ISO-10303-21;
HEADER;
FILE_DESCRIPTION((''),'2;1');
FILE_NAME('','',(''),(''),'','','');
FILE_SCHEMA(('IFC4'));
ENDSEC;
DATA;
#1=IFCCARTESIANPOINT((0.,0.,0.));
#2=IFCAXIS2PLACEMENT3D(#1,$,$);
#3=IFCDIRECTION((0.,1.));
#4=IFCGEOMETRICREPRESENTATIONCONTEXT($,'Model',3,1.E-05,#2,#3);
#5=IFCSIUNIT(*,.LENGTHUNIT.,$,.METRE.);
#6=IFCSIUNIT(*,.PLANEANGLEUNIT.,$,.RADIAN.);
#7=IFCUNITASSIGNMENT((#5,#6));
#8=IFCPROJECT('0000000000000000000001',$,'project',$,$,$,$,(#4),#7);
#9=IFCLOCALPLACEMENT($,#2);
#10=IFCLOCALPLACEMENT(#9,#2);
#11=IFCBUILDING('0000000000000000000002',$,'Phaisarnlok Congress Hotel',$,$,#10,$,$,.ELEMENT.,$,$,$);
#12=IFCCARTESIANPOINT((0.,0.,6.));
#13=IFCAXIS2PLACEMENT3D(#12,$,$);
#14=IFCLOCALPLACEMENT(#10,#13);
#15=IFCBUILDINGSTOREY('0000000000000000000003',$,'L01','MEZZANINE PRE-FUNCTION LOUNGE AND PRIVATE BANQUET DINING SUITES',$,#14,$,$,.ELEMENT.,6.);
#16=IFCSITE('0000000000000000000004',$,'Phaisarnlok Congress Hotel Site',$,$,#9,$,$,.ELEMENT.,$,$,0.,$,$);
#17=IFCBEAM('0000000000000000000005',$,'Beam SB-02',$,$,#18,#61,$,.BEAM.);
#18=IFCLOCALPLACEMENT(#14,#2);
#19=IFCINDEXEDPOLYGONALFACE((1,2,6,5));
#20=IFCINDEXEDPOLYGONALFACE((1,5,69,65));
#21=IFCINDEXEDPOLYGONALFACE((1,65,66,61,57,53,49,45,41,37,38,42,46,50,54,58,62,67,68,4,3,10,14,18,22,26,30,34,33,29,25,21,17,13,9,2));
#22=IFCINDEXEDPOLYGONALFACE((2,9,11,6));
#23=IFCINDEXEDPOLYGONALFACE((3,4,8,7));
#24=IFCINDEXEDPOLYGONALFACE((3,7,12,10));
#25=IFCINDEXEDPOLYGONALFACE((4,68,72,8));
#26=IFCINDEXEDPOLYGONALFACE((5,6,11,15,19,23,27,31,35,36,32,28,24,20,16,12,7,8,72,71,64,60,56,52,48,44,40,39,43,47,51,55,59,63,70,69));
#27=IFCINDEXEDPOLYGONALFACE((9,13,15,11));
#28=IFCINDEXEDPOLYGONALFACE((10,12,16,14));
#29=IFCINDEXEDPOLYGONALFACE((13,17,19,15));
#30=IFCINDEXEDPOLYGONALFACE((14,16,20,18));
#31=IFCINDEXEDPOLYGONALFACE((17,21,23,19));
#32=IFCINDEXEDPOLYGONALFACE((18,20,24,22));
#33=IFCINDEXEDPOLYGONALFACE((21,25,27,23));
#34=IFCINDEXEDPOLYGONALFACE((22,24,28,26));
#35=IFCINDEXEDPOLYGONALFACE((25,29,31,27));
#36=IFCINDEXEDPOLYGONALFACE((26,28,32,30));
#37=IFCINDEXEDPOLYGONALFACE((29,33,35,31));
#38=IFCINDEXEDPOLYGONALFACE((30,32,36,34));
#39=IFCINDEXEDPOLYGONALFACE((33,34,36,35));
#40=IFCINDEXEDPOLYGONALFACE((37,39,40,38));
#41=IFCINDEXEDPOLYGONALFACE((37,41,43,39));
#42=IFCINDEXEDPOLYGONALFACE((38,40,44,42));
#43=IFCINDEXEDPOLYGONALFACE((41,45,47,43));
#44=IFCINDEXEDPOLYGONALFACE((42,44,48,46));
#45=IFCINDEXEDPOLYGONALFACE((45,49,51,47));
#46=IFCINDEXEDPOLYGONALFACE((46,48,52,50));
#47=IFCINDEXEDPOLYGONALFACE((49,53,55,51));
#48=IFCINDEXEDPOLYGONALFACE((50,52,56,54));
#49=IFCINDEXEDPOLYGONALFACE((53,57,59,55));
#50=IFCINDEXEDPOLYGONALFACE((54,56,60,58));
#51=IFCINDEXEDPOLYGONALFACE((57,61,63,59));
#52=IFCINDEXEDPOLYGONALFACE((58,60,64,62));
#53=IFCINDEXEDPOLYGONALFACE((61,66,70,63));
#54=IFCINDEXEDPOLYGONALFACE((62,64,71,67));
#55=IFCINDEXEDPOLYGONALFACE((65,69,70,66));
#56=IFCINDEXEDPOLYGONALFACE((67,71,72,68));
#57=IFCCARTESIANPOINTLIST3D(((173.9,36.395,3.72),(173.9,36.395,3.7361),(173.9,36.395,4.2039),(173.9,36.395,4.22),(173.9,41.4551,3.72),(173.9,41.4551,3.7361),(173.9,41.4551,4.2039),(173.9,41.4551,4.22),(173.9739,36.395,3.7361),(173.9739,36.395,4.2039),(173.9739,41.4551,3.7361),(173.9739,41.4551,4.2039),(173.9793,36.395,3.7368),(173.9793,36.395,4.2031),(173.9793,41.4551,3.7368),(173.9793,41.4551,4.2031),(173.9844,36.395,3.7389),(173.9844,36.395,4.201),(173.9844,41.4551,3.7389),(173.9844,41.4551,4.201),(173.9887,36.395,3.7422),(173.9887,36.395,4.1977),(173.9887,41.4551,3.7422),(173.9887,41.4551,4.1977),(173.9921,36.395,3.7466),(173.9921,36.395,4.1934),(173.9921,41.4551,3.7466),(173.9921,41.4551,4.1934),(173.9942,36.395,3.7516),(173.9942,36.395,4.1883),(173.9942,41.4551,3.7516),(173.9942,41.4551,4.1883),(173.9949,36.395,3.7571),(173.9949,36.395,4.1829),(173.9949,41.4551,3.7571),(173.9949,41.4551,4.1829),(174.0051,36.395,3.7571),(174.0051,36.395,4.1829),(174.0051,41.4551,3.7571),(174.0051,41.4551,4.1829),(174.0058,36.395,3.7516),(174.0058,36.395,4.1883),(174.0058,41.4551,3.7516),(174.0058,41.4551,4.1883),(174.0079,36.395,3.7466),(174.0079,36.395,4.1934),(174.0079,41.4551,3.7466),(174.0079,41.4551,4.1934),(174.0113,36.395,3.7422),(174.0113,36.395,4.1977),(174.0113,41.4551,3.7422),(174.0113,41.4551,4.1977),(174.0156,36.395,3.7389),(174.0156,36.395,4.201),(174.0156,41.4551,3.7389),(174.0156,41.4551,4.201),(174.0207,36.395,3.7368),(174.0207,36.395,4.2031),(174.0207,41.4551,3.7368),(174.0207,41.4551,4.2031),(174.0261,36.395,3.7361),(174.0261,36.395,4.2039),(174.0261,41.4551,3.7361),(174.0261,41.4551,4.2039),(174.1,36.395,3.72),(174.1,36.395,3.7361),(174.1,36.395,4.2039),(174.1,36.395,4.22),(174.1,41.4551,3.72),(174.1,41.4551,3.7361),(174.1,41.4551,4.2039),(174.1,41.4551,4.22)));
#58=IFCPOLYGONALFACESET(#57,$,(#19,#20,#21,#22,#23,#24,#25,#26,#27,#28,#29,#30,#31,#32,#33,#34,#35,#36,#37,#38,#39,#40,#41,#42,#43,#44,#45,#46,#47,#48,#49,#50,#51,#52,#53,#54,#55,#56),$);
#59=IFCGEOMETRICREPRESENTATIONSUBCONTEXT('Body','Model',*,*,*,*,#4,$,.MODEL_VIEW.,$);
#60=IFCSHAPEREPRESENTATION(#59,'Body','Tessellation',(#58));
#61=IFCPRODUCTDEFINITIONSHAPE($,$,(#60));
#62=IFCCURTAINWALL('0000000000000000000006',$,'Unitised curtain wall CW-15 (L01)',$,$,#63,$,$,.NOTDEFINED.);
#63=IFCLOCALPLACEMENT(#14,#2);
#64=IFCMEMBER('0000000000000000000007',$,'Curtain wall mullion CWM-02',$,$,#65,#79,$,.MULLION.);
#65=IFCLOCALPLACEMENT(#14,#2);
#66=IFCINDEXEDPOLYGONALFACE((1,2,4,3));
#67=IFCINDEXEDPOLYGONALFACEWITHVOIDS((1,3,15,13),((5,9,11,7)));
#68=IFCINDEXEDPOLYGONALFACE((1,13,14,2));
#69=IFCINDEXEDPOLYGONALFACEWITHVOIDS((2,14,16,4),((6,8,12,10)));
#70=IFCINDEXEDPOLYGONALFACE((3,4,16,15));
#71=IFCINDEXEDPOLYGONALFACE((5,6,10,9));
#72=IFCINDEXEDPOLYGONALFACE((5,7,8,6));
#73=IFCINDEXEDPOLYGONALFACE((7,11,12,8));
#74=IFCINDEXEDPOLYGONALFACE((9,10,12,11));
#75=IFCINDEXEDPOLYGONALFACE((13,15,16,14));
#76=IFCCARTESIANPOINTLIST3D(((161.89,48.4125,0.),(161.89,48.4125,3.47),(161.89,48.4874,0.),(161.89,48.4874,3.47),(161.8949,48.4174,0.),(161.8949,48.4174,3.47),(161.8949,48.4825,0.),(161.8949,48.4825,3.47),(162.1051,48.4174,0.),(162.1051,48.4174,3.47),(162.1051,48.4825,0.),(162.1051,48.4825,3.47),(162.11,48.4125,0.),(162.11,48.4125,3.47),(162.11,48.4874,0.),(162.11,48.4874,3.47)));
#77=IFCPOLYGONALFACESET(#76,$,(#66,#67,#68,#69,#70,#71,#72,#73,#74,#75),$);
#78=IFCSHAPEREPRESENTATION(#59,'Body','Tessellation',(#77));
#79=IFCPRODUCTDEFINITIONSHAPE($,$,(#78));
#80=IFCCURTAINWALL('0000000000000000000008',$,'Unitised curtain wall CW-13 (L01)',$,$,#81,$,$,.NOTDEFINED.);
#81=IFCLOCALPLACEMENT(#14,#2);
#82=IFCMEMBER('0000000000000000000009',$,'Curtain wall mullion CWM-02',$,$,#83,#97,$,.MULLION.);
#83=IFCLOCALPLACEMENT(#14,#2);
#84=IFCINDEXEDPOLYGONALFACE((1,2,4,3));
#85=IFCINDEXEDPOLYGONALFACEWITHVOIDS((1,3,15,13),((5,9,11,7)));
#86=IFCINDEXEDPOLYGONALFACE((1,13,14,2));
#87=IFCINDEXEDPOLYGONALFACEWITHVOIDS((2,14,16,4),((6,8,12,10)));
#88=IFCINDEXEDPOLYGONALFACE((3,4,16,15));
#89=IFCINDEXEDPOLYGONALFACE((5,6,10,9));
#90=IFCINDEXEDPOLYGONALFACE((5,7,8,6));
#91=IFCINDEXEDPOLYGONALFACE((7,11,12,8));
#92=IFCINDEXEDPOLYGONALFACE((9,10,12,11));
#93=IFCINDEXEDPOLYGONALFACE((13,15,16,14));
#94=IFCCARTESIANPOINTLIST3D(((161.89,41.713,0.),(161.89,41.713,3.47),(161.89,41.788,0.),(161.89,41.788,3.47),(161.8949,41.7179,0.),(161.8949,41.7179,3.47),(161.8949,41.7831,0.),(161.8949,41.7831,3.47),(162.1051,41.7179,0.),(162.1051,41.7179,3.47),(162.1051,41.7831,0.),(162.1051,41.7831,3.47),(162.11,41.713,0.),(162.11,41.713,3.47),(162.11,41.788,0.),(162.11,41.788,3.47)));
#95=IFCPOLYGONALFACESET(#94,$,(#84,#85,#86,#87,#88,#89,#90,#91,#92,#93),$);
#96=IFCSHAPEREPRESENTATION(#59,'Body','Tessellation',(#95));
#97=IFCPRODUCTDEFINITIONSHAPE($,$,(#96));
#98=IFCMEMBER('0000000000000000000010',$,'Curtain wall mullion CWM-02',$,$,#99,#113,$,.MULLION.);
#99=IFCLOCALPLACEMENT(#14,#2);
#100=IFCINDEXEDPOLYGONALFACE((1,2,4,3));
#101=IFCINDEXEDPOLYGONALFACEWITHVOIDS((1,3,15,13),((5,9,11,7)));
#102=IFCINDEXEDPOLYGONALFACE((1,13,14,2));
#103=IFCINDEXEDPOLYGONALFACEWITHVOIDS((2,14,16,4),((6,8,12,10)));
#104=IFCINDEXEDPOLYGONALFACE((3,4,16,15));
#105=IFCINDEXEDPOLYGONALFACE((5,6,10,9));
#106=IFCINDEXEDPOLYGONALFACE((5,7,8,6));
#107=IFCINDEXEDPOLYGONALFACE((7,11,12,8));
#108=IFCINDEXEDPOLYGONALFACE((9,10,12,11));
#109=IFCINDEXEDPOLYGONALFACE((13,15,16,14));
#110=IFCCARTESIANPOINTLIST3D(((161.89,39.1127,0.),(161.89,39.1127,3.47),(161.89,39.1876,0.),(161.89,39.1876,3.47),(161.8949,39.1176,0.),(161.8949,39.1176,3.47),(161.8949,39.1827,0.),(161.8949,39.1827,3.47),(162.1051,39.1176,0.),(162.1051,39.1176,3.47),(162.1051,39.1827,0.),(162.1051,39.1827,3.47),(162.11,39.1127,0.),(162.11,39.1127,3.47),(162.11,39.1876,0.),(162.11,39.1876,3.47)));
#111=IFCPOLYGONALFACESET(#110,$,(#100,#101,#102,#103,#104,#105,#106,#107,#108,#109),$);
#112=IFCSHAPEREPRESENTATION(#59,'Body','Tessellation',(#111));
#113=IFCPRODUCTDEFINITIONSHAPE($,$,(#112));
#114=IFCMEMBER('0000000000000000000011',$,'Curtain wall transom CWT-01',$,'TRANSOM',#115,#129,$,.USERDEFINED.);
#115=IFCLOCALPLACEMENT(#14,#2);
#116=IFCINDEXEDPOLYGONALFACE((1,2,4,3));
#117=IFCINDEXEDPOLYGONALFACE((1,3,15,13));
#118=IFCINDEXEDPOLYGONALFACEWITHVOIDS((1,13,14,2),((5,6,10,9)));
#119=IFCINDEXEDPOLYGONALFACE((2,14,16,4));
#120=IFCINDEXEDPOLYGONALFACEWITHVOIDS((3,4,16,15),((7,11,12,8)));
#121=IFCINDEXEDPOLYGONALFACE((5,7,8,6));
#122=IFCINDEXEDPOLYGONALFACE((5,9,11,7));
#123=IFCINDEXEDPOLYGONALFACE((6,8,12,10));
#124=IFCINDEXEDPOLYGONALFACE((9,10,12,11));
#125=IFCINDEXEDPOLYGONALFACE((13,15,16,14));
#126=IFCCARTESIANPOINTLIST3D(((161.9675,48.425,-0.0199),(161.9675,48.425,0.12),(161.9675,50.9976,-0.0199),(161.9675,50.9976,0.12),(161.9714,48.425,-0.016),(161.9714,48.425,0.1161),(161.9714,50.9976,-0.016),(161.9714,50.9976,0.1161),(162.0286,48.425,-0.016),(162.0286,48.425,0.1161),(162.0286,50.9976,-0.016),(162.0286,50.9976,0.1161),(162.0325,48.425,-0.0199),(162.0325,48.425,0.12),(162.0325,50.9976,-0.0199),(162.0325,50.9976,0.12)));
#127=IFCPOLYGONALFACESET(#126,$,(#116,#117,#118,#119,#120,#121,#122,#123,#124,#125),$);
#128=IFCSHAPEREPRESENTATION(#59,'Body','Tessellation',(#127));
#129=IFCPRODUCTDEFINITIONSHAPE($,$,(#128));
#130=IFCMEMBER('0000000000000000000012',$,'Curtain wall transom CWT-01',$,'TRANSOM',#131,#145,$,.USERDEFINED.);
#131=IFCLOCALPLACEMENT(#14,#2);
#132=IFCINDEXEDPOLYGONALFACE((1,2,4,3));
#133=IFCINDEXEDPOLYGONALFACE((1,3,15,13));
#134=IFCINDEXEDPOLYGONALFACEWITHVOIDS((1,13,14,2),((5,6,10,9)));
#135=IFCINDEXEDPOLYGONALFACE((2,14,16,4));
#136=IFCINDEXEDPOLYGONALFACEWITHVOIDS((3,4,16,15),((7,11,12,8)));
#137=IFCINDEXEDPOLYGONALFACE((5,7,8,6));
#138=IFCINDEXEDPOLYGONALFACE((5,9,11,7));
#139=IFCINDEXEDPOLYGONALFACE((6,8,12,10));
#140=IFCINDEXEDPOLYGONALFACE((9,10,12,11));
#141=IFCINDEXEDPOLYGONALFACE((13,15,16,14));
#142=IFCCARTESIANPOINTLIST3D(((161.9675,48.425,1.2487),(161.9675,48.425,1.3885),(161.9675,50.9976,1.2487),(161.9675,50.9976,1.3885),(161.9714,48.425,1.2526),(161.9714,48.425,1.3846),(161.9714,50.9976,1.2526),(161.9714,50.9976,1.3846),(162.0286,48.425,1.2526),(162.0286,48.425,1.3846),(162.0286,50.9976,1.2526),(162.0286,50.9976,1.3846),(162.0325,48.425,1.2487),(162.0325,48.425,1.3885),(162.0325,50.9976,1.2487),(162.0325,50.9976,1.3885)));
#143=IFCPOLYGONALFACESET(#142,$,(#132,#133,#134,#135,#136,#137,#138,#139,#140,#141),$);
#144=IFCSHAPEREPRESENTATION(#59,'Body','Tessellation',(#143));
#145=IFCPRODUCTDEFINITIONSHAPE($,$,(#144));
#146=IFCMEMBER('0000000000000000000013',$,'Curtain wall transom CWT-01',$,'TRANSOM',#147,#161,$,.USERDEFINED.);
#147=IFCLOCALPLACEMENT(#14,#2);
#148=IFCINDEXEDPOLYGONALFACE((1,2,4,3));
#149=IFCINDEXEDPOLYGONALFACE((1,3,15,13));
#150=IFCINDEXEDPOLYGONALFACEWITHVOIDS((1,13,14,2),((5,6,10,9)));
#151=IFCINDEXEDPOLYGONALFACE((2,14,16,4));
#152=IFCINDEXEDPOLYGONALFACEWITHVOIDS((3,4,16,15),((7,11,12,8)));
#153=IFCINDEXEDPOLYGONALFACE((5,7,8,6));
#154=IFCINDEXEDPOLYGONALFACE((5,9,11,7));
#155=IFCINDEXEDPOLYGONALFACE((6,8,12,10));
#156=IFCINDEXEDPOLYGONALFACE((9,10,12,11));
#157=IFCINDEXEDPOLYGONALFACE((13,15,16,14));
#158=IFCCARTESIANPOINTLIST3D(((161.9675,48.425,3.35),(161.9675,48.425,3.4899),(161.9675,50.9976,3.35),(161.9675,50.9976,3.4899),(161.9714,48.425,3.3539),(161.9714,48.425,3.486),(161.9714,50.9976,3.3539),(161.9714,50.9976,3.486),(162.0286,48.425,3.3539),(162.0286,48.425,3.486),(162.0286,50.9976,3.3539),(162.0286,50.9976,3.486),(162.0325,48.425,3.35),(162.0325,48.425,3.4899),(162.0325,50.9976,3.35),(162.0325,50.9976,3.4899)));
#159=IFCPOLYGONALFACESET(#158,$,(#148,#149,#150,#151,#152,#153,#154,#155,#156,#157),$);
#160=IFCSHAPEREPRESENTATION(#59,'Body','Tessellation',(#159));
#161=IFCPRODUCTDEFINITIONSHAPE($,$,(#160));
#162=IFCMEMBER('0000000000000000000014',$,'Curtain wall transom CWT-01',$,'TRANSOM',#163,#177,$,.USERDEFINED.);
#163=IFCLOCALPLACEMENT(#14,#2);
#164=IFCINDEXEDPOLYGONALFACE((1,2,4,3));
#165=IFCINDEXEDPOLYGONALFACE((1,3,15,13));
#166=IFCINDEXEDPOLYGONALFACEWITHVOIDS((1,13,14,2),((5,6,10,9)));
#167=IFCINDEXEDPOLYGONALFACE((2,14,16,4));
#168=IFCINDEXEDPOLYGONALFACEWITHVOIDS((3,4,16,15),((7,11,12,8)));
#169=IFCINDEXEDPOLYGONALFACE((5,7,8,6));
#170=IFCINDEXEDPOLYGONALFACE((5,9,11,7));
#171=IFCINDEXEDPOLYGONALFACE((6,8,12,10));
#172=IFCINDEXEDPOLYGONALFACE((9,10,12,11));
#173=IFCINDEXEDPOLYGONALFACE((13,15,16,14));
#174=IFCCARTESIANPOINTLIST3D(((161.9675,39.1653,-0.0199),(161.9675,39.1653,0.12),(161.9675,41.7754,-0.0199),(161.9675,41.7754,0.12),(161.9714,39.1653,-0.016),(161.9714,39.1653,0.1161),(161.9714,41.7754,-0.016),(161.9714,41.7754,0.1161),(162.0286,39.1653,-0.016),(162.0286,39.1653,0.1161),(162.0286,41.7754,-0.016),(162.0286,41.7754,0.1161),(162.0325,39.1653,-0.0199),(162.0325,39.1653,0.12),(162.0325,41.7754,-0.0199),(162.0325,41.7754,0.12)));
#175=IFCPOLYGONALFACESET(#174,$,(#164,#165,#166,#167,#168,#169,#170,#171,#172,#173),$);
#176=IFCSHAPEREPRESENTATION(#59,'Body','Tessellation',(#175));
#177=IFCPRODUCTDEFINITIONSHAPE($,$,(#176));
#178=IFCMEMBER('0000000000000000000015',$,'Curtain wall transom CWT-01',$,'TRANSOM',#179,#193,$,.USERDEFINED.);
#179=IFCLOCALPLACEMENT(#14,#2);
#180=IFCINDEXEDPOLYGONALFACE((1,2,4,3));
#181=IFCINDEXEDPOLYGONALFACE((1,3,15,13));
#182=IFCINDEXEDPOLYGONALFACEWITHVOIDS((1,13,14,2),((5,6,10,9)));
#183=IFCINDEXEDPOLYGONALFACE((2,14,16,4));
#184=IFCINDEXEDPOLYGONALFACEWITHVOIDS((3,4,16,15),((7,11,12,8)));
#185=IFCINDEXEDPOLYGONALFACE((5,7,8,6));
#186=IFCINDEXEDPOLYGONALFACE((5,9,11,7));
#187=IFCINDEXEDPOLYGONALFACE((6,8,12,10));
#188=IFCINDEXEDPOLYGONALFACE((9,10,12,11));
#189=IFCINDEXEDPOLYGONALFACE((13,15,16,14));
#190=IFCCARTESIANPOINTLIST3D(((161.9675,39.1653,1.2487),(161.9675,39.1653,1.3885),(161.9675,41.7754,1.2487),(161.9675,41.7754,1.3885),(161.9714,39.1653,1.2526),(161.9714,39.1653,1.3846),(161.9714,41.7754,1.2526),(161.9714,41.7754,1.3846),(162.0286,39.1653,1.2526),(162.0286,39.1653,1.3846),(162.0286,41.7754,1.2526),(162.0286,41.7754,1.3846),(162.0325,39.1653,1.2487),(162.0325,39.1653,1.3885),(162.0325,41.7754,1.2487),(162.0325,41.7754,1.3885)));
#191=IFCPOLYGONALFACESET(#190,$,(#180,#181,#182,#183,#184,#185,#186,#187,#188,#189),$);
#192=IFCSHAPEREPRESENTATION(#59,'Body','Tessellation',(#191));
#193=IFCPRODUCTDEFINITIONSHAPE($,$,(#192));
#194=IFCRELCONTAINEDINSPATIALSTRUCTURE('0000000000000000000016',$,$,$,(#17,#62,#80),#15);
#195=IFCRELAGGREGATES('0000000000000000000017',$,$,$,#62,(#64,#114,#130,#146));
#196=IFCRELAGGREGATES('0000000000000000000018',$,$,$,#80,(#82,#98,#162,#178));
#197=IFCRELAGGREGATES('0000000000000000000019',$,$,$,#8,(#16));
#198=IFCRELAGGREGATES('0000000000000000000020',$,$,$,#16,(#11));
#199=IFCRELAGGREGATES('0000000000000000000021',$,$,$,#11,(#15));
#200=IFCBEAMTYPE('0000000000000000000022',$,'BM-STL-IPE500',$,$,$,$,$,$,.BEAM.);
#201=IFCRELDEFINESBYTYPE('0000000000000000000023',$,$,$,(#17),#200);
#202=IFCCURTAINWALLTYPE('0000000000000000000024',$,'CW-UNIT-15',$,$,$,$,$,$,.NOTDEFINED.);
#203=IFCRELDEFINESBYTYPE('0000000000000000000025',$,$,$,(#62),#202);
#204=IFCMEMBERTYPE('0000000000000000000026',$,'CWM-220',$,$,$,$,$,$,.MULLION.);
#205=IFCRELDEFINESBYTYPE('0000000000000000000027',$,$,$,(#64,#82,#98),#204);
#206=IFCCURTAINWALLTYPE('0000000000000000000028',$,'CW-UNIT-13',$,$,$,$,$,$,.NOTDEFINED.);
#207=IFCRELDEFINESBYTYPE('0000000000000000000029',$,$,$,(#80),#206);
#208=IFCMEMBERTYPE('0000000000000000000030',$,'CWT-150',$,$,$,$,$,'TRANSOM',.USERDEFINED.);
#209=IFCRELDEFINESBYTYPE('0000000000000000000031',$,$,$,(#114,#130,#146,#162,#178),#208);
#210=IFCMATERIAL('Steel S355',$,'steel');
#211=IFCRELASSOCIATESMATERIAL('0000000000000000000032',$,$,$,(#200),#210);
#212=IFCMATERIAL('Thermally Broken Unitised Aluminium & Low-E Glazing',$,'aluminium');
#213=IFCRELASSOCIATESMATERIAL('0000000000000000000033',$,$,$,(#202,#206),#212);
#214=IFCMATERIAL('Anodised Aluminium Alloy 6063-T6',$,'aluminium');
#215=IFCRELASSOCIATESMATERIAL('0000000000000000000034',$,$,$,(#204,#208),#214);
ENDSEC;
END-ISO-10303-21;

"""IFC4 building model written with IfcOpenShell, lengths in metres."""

from ifc_helpers import new_model, si_unit, direction, frame, origin, origin_2d, place, context, subcontext, project, spatial, hollow_rectangle, i_section, extrude, material, material_profile, profile_set, type_object, element, aggregate, save


model = new_model("IFC4")

# Units and contexts
model_context = context("Model", 3, precision=1e-05, world=origin(), true_north=direction((0.0, 1.0)))
body_context = subcontext(model_context, "Body", "Model", "MODEL_VIEW")
ifc_project = project(units=[si_unit("LENGTHUNIT", "METRE"), si_unit("PLANEANGLEUNIT", "RADIAN")], contexts=[model_context])

# Site, building, storey
site_placement = place(None, origin())
site = spatial("IfcSite", under=ifc_project, at=site_placement, Name="Phaisarnlok Congress Hotel Site", CompositionType="ELEMENT", RefElevation=0.0)
building_placement = place(site_placement, origin())
building = spatial("IfcBuilding", under=site, at=building_placement, Name="Phaisarnlok Congress Hotel", CompositionType="ELEMENT")
storey_placement = place(building_placement, frame((0.0, 0.0, 6.0)))
storey = spatial("IfcBuildingStorey", under=building, at=storey_placement, Name="L01", Description="MEZZANINE PRE-FUNCTION LOUNGE AND PRIVATE BANQUET DINING SUITES", CompositionType="ELEMENT", Elevation=6.0)

# Shared definitions
ifc_material_1 = material(Name="Steel S355", Category="steel")

# Beam
ifc_material_profile_1 = material_profile(ifc_material_1, i_section(OverallWidth=0.2, OverallDepth=0.5, WebThickness=0.0103, FlangeThickness=0.0161, FilletRadius=0.021, at=origin_2d()), Name="IPE 500")
ifc_profile_set_1 = profile_set([ifc_material_profile_1], Name="Steel S355")
beam_type_1 = type_object("IfcBeamType", Name="BM-STL-IPE500", PredefinedType="BEAM", material=ifc_profile_set_1)
beam_1_placement = place(storey_placement, frame((174.0, 36.395, 3.97), z_axis=(0.0, 1.0, 0.0), x_axis=(-1.0, 0.0, 0.0)))
element("IfcBeam", 1, at=beam_1_placement, inside=storey, type_object=beam_type_1, Name="Beam SB-02", PredefinedType="BEAM", context=body_context, shape_type="SweptSolid", body=[
    extrude(i_section(OverallWidth=0.2, OverallDepth=0.5, WebThickness=0.0103, FlangeThickness=0.0161, FilletRadius=0.021, at=origin_2d()), origin(), (0.0, 0.0, 1.0), 5.0601),
])

# Curtain wall, member
ifc_material_2 = material(Name="Thermally Broken Unitised Aluminium & Low-E Glazing", Category="aluminium")
curtain_wall_type_1 = type_object("IfcCurtainWallType", Name="CW-UNIT-15", PredefinedType="NOTDEFINED", material=ifc_material_2)
curtain_wall_1_placement = place(storey_placement, origin())
curtain_wall_1 = element("IfcCurtainWall", 2, at=curtain_wall_1_placement, inside=storey, type_object=curtain_wall_type_1, Name="Unitised curtain wall CW-15 (L01)", PredefinedType="NOTDEFINED")
ifc_material_3 = material(Name="Anodised Aluminium Alloy 6063-T6", Category="aluminium")
ifc_material_profile_2 = material_profile(ifc_material_3, hollow_rectangle(XDim=0.075, YDim=0.22, WallThickness=0.0049, at=origin_2d()), Name="ALU-M 75x220x5")
ifc_profile_set_2 = profile_set([ifc_material_profile_2], Name="Anodised Aluminium Alloy 6063-T6")
member_type_1 = type_object("IfcMemberType", Name="CWM-220", PredefinedType="MULLION", material=ifc_profile_set_2)
member_1_placement = place(storey_placement, frame((162.0, 48.45, 0.0), z_axis=(0.0, 0.0, 1.0), x_axis=(0.0, -1.0, 0.0)))
member_1 = element("IfcMember", 3, at=member_1_placement, type_object=member_type_1, Name="Curtain wall mullion CWM-02", PredefinedType="MULLION", context=body_context, shape_type="SweptSolid", body=[
    extrude(hollow_rectangle(XDim=0.075, YDim=0.22, WallThickness=0.0049, at=origin_2d()), origin(), (0.0, 0.0, 1.0), 3.47),
])

# Curtain wall, members
curtain_wall_type_2 = type_object("IfcCurtainWallType", Name="CW-UNIT-13", PredefinedType="NOTDEFINED", material=ifc_material_2)
curtain_wall_2_placement = place(storey_placement, origin())
curtain_wall_2 = element("IfcCurtainWall", 4, at=curtain_wall_2_placement, inside=storey, type_object=curtain_wall_type_2, Name="Unitised curtain wall CW-13 (L01)", PredefinedType="NOTDEFINED")
member_2_placement = place(storey_placement, frame((162.0, 41.7505, 0.0), z_axis=(0.0, 0.0, 1.0), x_axis=(0.0, -1.0, 0.0)))
member_2 = element("IfcMember", 5, at=member_2_placement, type_object=member_type_1, Name="Curtain wall mullion CWM-02", PredefinedType="MULLION", context=body_context, shape_type="SweptSolid", body=[
    extrude(hollow_rectangle(XDim=0.075, YDim=0.22, WallThickness=0.0049, at=origin_2d()), origin(), (0.0, 0.0, 1.0), 3.47),
])
member_3_placement = place(storey_placement, frame((162.0, 39.1501, 0.0), z_axis=(0.0, 0.0, 1.0), x_axis=(0.0, -1.0, 0.0)))
member_3 = element("IfcMember", 6, at=member_3_placement, type_object=member_type_1, Name="Curtain wall mullion CWM-02", PredefinedType="MULLION", context=body_context, shape_type="SweptSolid", body=[
    extrude(hollow_rectangle(XDim=0.075, YDim=0.22, WallThickness=0.0049, at=origin_2d()), origin(), (0.0, 0.0, 1.0), 3.47),
])

# Members
ifc_material_profile_3 = material_profile(ifc_material_3, hollow_rectangle(XDim=0.0649, YDim=0.1399, WallThickness=0.0039, at=origin_2d()), Name="ALU-T 65x140x4")
ifc_profile_set_3 = profile_set([ifc_material_profile_3], Name="Anodised Aluminium Alloy 6063-T6")
member_type_2 = type_object("IfcMemberType", Name="CWT-150", ElementType="TRANSOM", PredefinedType="USERDEFINED", material=ifc_profile_set_3)
member_4_placement = place(storey_placement, frame((162.0, 50.9976, 0.05), z_axis=(0.0, -1.0, 0.0), x_axis=(1.0, 0.0, 0.0)))
member_4 = element("IfcMember", 7, at=member_4_placement, type_object=member_type_2, Name="Curtain wall transom CWT-01", ObjectType="TRANSOM", PredefinedType="USERDEFINED", context=body_context, shape_type="SweptSolid", body=[
    extrude(hollow_rectangle(XDim=0.0649, YDim=0.1399, WallThickness=0.0039, at=origin_2d()), origin(), (0.0, 0.0, 1.0), 2.5725),
])
member_5_placement = place(storey_placement, frame((162.0, 50.9976, 1.3186), z_axis=(0.0, -1.0, 0.0), x_axis=(1.0, 0.0, 0.0)))
member_5 = element("IfcMember", 8, at=member_5_placement, type_object=member_type_2, Name="Curtain wall transom CWT-01", ObjectType="TRANSOM", PredefinedType="USERDEFINED", context=body_context, shape_type="SweptSolid", body=[
    extrude(hollow_rectangle(XDim=0.0649, YDim=0.1399, WallThickness=0.0039, at=origin_2d()), origin(), (0.0, 0.0, 1.0), 2.5725),
])
member_6_placement = place(storey_placement, frame((162.0, 50.9976, 3.4199), z_axis=(0.0, -1.0, 0.0), x_axis=(1.0, 0.0, 0.0)))
member_6 = element("IfcMember", 9, at=member_6_placement, type_object=member_type_2, Name="Curtain wall transom CWT-01", ObjectType="TRANSOM", PredefinedType="USERDEFINED", context=body_context, shape_type="SweptSolid", body=[
    extrude(hollow_rectangle(XDim=0.0649, YDim=0.1399, WallThickness=0.0039, at=origin_2d()), origin(), (0.0, 0.0, 1.0), 2.5725),
])
member_7_placement = place(storey_placement, frame((162.0, 41.7754, 0.05), z_axis=(0.0, -1.0, 0.0), x_axis=(1.0, 0.0, 0.0)))
member_7 = element("IfcMember", 10, at=member_7_placement, type_object=member_type_2, Name="Curtain wall transom CWT-01", ObjectType="TRANSOM", PredefinedType="USERDEFINED", context=body_context, shape_type="SweptSolid", body=[
    extrude(hollow_rectangle(XDim=0.0649, YDim=0.1399, WallThickness=0.0039, at=origin_2d()), origin(), (0.0, 0.0, 1.0), 2.6101),
])
member_8_placement = place(storey_placement, frame((162.0, 41.7754, 1.3186), z_axis=(0.0, -1.0, 0.0), x_axis=(1.0, 0.0, 0.0)))
member_8 = element("IfcMember", 11, at=member_8_placement, type_object=member_type_2, Name="Curtain wall transom CWT-01", ObjectType="TRANSOM", PredefinedType="USERDEFINED", context=body_context, shape_type="SweptSolid", body=[
    extrude(hollow_rectangle(XDim=0.0649, YDim=0.1399, WallThickness=0.0039, at=origin_2d()), origin(), (0.0, 0.0, 1.0), 2.6101),
])

aggregate(curtain_wall_1, [member_1, member_4, member_5, member_6])
aggregate(curtain_wall_2, [member_2, member_3, member_7, member_8])

save(model, "model.ifc")
